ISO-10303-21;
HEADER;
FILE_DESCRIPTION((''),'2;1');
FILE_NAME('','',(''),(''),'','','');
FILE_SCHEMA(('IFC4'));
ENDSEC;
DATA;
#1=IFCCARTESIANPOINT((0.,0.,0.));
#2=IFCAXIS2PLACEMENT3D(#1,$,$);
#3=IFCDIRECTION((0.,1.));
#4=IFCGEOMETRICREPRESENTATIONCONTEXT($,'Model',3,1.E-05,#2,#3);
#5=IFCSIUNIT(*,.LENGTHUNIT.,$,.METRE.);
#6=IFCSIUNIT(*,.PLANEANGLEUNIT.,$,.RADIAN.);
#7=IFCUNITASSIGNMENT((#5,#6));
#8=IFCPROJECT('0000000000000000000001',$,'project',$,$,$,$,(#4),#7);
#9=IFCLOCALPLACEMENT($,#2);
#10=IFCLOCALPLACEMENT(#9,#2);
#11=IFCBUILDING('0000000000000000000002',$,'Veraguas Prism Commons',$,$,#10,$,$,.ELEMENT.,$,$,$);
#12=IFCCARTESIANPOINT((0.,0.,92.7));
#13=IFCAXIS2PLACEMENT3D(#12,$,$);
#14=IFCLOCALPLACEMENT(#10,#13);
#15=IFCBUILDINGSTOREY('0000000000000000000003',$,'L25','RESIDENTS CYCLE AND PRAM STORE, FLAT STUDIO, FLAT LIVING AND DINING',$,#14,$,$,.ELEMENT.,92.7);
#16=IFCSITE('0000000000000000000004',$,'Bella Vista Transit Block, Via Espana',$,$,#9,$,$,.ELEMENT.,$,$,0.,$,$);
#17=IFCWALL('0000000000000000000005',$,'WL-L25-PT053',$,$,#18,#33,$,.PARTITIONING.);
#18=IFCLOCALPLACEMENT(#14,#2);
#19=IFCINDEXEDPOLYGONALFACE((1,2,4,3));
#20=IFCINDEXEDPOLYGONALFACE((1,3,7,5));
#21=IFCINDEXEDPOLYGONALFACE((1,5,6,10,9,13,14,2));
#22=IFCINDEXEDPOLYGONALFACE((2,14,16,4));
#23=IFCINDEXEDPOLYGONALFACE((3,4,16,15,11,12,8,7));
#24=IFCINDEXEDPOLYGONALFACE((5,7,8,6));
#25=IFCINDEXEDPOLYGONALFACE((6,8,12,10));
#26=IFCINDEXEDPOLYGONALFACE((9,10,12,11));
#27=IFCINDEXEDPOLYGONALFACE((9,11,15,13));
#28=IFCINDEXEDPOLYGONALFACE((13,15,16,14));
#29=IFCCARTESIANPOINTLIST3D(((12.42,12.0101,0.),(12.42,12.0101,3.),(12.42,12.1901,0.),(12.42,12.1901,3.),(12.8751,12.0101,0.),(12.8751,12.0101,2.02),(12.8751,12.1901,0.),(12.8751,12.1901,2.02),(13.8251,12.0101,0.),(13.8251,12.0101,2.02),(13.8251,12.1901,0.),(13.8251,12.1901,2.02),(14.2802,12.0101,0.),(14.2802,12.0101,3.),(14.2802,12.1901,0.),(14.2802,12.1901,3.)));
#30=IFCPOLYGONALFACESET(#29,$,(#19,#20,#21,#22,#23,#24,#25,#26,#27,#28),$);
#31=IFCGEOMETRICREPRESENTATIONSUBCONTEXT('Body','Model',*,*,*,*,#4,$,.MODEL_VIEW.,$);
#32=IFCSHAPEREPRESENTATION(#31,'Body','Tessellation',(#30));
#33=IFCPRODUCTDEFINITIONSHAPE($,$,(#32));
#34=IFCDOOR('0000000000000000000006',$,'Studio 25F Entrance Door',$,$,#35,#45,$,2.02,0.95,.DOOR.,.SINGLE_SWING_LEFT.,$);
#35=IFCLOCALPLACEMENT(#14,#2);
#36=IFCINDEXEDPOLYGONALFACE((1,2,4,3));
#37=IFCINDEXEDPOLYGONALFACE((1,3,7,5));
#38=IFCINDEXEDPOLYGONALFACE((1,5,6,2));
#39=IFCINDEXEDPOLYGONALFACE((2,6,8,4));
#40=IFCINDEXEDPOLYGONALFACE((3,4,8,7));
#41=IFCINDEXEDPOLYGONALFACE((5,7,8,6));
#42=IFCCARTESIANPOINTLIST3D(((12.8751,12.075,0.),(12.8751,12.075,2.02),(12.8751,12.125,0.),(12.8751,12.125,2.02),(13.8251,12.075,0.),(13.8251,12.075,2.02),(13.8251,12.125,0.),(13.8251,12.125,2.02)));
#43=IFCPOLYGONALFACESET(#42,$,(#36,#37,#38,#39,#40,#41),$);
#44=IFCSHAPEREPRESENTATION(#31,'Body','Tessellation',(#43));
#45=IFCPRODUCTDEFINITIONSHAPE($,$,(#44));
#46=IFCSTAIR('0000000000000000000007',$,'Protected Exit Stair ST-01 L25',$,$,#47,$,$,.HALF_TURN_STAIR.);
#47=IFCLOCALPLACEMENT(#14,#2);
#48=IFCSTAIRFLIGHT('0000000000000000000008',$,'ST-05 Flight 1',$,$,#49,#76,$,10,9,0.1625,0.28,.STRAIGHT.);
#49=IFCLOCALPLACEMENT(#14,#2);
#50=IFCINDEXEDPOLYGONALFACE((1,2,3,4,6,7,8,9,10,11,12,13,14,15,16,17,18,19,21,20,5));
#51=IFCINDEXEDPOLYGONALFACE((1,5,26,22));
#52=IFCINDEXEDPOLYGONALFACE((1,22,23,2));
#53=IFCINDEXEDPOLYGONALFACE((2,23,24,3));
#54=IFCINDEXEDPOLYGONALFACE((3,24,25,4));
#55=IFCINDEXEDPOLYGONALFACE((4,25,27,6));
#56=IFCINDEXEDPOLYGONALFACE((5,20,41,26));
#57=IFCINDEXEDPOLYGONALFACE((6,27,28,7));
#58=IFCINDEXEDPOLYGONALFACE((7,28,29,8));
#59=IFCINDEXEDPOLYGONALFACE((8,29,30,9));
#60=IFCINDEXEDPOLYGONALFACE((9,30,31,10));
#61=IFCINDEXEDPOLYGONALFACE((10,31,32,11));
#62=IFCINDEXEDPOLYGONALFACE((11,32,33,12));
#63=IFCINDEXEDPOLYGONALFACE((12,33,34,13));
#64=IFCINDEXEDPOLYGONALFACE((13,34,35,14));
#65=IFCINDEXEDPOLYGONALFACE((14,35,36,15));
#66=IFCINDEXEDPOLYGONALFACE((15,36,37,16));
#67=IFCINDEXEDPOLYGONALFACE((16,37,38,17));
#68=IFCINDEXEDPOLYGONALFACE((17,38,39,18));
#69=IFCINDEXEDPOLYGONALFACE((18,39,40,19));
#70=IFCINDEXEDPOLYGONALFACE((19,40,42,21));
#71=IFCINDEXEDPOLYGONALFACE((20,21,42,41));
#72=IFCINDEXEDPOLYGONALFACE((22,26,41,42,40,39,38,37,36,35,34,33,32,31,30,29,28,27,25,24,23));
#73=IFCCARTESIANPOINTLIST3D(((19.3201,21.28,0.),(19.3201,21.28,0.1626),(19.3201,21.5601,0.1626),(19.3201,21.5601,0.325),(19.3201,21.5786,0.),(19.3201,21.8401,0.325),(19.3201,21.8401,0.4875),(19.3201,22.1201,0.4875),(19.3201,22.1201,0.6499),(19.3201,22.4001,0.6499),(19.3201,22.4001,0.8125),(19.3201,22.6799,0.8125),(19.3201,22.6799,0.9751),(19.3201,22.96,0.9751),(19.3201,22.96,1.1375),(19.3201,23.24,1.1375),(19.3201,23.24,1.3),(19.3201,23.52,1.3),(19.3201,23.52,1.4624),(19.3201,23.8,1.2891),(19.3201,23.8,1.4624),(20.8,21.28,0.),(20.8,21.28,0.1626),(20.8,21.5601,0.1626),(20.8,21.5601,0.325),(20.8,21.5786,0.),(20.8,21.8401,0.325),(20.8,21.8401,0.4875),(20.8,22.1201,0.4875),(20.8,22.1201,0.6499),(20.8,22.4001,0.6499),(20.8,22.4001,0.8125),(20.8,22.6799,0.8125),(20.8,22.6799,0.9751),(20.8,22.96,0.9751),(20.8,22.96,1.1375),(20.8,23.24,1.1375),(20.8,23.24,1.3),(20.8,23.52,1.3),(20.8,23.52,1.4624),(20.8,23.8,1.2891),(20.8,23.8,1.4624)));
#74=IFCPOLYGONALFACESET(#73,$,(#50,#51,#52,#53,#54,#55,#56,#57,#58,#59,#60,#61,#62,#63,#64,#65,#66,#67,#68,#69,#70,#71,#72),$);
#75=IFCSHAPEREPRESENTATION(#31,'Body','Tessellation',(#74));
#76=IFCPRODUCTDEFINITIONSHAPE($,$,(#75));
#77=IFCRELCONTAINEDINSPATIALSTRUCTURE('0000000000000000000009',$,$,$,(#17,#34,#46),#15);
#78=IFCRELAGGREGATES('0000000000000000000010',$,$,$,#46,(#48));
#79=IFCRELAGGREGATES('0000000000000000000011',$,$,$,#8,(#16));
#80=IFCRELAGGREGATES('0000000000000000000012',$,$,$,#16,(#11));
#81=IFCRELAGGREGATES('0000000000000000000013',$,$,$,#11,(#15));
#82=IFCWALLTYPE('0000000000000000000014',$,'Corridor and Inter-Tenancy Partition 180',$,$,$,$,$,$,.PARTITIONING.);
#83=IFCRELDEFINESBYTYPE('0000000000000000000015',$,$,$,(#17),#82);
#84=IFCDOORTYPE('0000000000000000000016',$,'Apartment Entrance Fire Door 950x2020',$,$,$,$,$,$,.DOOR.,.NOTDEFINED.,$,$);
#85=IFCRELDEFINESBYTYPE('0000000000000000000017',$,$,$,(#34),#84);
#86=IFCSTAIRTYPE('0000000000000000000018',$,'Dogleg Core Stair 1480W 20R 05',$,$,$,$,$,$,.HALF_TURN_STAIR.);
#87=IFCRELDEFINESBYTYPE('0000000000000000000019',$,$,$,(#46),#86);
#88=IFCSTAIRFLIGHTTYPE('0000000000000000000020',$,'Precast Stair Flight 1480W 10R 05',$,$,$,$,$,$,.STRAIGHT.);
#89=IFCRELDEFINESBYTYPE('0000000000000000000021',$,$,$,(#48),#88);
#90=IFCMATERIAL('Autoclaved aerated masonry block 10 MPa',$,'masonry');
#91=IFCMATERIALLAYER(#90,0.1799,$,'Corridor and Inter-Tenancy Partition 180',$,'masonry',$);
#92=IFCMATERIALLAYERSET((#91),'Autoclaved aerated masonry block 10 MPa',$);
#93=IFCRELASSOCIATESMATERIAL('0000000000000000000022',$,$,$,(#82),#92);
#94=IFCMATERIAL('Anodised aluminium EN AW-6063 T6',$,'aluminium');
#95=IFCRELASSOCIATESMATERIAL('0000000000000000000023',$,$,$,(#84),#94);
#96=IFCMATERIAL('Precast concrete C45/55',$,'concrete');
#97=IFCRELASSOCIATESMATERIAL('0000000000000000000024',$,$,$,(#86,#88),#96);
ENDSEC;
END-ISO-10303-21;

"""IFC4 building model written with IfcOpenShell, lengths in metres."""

from ifc_helpers import new_model, si_unit, direction, frame, frame_2d, origin, place, context, subcontext, project, spatial, polyline, rectangle, outline, extrude, source, transform, mapped, material, layer, layer_set, type_object, element, fill, aggregate, save


model = new_model("IFC4")

# Units and contexts
model_context = context("Model", 3, precision=1e-05, world=origin(), true_north=direction((0.0, 1.0)))
body_context = subcontext(model_context, "Body", "Model", "MODEL_VIEW")
ifc_project = project(units=[si_unit("LENGTHUNIT", "METRE"), si_unit("PLANEANGLEUNIT", "RADIAN")], contexts=[model_context])

# Site, building, storey
site_placement = place(None, origin())
site = spatial("IfcSite", under=ifc_project, at=site_placement, Name="Bella Vista Transit Block, Via Espana", CompositionType="ELEMENT", RefElevation=0.0)
building_placement = place(site_placement, origin())
building = spatial("IfcBuilding", under=site, at=building_placement, Name="Veraguas Prism Commons", CompositionType="ELEMENT")
storey_placement = place(building_placement, frame((0.0, 0.0, 92.7)))
storey = spatial("IfcBuildingStorey", under=building, at=storey_placement, Name="L25", Description="RESIDENTS CYCLE AND PRAM STORE, FLAT STUDIO, FLAT LIVING AND DINING", CompositionType="ELEMENT", Elevation=92.7)

# Shared definitions
ifc_material_1 = material(Name="Autoclaved aerated masonry block 10 MPa", Category="masonry")
ifc_layer_1 = layer(ifc_material_1, 0.1799, Name="Corridor and Inter-Tenancy Partition 180", Category="masonry")
ifc_layer_set_1 = layer_set([ifc_layer_1], Name="Autoclaved aerated masonry block 10 MPa")
wall_type_1 = type_object("IfcWallType", Name="Corridor and Inter-Tenancy Partition 180", PredefinedType="PARTITIONING", material=ifc_layer_set_1)

# Shared definitions
ifc_material_2 = material(Name="Anodised aluminium EN AW-6063 T6", Category="aluminium")
door_type_1 = type_object("IfcDoorType", Name="Apartment Entrance Fire Door 950x2020", OperationType="NOTDEFINED", PredefinedType="DOOR", material=ifc_material_2)
shared_shape_1 = source(origin(), body_context, "Body", "SweptSolid", [
    extrude(rectangle(XDim=0.95, YDim=2.02, at=frame_2d((0.4751, 1.01))), frame((0.0, 0.0249, 0.0), z_axis=(0.0, -1.0, 0.0), x_axis=(1.0, 0.0, 0.0)), (0.0, 0.0, 1.0), 0.05),
])

# Wall, opening, door
wall_1_placement = place(storey_placement, frame((12.4199, 12.1001, 0.0), z_axis=(0.0, 0.0, 1.0), x_axis=(1.0, 0.0, 0.0)))
wall_1 = element("IfcWall", 1, at=wall_1_placement, inside=storey, type_object=wall_type_1, Name="WL-L25-PT053", PredefinedType="PARTITIONING", context=body_context, shape_type="SweptSolid", body=[
    extrude(rectangle(XDim=1.8601, YDim=0.1799, at=frame_2d((0.9302, 0.0))), origin(), (0.0, 0.0, 1.0), 3.0),
])
opening_1_placement = place(wall_1_placement, frame((0.4551, 0.0, 0.0)))
opening_1 = element("IfcOpeningElement", 2, at=opening_1_placement, cuts=wall_1, PredefinedType="OPENING", context=body_context, shape_type="SweptSolid", body=[
    extrude(rectangle(XDim=0.95, YDim=2.02, at=frame_2d((0.4751, 1.01))), frame((0.0, 0.0999, 0.0), z_axis=(0.0, -1.0, 0.0), x_axis=(1.0, 0.0, 0.0)), (0.0, 0.0, 1.0), 0.2),
])
door_1_placement = place(opening_1_placement, origin())
door_1 = element("IfcDoor", 3, at=door_1_placement, inside=storey, type_object=door_type_1, Name="Studio 25F Entrance Door", OperationType="SINGLE_SWING_LEFT", OverallHeight=2.02, OverallWidth=0.95, PredefinedType="DOOR", context=body_context, shape_type="MappedRepresentation", body=[
    mapped(shared_shape_1, transform((0.0, 0.0, 0.0), scale=1.0)),
])
fill(opening_1, door_1)

# Stair, stair flight
ifc_material_3 = material(Name="Precast concrete C45/55", Category="concrete")
stair_type = type_object("IfcStairType", Name="Dogleg Core Stair 1480W 20R 05", PredefinedType="HALF_TURN_STAIR", material=ifc_material_3)
stair_placement = place(storey_placement, origin())
stair = element("IfcStair", 4, at=stair_placement, inside=storey, type_object=stair_type, Name="Protected Exit Stair ST-01 L25", PredefinedType="HALF_TURN_STAIR")
stair_flight_type = type_object("IfcStairFlightType", Name="Precast Stair Flight 1480W 10R 05", PredefinedType="STRAIGHT", material=ifc_material_3)
stair_flight_placement = place(storey_placement, frame((20.0601, 21.28, 0.0), z_axis=(0.0, 0.0, 1.0), x_axis=(0.0, 1.0, 0.0)))
stair_flight = element("IfcStairFlight", 5, at=stair_flight_placement, type_object=stair_flight_type, Name="ST-05 Flight 1", NumberOfRisers=10, NumberOfTreads=9, PredefinedType="STRAIGHT", RiserHeight=0.1625, TreadLength=0.28, context=body_context, shape_type="SweptSolid", body=[
    extrude(outline(polyline([(0.0, 0.0), (0.0, 0.1626), (0.28, 0.1626), (0.28, 0.325), (0.5601, 0.325), (0.5601, 0.4875), (0.8401, 0.4875), (0.8401, 0.6499), (1.1201, 0.6499), (1.1201, 0.8125), (1.3999, 0.8125), (1.3999, 0.9751), (1.6799, 0.9751), (1.6799, 1.1375), (1.96, 1.1375), (1.96, 1.3), (2.24, 1.3), (2.24, 1.4624), (2.52, 1.4624), (2.52, 1.625), (2.52, 1.2891), (0.2986, 0.0), (0.0, 0.0)])), frame((0.0, 0.74, 0.0), z_axis=(0.0, -1.0, 0.0), x_axis=(1.0, 0.0, 0.0)), (0.0, 0.0, 1.0), 1.48),
])
aggregate(stair, [stair_flight])

save(model, "model.ifc")
